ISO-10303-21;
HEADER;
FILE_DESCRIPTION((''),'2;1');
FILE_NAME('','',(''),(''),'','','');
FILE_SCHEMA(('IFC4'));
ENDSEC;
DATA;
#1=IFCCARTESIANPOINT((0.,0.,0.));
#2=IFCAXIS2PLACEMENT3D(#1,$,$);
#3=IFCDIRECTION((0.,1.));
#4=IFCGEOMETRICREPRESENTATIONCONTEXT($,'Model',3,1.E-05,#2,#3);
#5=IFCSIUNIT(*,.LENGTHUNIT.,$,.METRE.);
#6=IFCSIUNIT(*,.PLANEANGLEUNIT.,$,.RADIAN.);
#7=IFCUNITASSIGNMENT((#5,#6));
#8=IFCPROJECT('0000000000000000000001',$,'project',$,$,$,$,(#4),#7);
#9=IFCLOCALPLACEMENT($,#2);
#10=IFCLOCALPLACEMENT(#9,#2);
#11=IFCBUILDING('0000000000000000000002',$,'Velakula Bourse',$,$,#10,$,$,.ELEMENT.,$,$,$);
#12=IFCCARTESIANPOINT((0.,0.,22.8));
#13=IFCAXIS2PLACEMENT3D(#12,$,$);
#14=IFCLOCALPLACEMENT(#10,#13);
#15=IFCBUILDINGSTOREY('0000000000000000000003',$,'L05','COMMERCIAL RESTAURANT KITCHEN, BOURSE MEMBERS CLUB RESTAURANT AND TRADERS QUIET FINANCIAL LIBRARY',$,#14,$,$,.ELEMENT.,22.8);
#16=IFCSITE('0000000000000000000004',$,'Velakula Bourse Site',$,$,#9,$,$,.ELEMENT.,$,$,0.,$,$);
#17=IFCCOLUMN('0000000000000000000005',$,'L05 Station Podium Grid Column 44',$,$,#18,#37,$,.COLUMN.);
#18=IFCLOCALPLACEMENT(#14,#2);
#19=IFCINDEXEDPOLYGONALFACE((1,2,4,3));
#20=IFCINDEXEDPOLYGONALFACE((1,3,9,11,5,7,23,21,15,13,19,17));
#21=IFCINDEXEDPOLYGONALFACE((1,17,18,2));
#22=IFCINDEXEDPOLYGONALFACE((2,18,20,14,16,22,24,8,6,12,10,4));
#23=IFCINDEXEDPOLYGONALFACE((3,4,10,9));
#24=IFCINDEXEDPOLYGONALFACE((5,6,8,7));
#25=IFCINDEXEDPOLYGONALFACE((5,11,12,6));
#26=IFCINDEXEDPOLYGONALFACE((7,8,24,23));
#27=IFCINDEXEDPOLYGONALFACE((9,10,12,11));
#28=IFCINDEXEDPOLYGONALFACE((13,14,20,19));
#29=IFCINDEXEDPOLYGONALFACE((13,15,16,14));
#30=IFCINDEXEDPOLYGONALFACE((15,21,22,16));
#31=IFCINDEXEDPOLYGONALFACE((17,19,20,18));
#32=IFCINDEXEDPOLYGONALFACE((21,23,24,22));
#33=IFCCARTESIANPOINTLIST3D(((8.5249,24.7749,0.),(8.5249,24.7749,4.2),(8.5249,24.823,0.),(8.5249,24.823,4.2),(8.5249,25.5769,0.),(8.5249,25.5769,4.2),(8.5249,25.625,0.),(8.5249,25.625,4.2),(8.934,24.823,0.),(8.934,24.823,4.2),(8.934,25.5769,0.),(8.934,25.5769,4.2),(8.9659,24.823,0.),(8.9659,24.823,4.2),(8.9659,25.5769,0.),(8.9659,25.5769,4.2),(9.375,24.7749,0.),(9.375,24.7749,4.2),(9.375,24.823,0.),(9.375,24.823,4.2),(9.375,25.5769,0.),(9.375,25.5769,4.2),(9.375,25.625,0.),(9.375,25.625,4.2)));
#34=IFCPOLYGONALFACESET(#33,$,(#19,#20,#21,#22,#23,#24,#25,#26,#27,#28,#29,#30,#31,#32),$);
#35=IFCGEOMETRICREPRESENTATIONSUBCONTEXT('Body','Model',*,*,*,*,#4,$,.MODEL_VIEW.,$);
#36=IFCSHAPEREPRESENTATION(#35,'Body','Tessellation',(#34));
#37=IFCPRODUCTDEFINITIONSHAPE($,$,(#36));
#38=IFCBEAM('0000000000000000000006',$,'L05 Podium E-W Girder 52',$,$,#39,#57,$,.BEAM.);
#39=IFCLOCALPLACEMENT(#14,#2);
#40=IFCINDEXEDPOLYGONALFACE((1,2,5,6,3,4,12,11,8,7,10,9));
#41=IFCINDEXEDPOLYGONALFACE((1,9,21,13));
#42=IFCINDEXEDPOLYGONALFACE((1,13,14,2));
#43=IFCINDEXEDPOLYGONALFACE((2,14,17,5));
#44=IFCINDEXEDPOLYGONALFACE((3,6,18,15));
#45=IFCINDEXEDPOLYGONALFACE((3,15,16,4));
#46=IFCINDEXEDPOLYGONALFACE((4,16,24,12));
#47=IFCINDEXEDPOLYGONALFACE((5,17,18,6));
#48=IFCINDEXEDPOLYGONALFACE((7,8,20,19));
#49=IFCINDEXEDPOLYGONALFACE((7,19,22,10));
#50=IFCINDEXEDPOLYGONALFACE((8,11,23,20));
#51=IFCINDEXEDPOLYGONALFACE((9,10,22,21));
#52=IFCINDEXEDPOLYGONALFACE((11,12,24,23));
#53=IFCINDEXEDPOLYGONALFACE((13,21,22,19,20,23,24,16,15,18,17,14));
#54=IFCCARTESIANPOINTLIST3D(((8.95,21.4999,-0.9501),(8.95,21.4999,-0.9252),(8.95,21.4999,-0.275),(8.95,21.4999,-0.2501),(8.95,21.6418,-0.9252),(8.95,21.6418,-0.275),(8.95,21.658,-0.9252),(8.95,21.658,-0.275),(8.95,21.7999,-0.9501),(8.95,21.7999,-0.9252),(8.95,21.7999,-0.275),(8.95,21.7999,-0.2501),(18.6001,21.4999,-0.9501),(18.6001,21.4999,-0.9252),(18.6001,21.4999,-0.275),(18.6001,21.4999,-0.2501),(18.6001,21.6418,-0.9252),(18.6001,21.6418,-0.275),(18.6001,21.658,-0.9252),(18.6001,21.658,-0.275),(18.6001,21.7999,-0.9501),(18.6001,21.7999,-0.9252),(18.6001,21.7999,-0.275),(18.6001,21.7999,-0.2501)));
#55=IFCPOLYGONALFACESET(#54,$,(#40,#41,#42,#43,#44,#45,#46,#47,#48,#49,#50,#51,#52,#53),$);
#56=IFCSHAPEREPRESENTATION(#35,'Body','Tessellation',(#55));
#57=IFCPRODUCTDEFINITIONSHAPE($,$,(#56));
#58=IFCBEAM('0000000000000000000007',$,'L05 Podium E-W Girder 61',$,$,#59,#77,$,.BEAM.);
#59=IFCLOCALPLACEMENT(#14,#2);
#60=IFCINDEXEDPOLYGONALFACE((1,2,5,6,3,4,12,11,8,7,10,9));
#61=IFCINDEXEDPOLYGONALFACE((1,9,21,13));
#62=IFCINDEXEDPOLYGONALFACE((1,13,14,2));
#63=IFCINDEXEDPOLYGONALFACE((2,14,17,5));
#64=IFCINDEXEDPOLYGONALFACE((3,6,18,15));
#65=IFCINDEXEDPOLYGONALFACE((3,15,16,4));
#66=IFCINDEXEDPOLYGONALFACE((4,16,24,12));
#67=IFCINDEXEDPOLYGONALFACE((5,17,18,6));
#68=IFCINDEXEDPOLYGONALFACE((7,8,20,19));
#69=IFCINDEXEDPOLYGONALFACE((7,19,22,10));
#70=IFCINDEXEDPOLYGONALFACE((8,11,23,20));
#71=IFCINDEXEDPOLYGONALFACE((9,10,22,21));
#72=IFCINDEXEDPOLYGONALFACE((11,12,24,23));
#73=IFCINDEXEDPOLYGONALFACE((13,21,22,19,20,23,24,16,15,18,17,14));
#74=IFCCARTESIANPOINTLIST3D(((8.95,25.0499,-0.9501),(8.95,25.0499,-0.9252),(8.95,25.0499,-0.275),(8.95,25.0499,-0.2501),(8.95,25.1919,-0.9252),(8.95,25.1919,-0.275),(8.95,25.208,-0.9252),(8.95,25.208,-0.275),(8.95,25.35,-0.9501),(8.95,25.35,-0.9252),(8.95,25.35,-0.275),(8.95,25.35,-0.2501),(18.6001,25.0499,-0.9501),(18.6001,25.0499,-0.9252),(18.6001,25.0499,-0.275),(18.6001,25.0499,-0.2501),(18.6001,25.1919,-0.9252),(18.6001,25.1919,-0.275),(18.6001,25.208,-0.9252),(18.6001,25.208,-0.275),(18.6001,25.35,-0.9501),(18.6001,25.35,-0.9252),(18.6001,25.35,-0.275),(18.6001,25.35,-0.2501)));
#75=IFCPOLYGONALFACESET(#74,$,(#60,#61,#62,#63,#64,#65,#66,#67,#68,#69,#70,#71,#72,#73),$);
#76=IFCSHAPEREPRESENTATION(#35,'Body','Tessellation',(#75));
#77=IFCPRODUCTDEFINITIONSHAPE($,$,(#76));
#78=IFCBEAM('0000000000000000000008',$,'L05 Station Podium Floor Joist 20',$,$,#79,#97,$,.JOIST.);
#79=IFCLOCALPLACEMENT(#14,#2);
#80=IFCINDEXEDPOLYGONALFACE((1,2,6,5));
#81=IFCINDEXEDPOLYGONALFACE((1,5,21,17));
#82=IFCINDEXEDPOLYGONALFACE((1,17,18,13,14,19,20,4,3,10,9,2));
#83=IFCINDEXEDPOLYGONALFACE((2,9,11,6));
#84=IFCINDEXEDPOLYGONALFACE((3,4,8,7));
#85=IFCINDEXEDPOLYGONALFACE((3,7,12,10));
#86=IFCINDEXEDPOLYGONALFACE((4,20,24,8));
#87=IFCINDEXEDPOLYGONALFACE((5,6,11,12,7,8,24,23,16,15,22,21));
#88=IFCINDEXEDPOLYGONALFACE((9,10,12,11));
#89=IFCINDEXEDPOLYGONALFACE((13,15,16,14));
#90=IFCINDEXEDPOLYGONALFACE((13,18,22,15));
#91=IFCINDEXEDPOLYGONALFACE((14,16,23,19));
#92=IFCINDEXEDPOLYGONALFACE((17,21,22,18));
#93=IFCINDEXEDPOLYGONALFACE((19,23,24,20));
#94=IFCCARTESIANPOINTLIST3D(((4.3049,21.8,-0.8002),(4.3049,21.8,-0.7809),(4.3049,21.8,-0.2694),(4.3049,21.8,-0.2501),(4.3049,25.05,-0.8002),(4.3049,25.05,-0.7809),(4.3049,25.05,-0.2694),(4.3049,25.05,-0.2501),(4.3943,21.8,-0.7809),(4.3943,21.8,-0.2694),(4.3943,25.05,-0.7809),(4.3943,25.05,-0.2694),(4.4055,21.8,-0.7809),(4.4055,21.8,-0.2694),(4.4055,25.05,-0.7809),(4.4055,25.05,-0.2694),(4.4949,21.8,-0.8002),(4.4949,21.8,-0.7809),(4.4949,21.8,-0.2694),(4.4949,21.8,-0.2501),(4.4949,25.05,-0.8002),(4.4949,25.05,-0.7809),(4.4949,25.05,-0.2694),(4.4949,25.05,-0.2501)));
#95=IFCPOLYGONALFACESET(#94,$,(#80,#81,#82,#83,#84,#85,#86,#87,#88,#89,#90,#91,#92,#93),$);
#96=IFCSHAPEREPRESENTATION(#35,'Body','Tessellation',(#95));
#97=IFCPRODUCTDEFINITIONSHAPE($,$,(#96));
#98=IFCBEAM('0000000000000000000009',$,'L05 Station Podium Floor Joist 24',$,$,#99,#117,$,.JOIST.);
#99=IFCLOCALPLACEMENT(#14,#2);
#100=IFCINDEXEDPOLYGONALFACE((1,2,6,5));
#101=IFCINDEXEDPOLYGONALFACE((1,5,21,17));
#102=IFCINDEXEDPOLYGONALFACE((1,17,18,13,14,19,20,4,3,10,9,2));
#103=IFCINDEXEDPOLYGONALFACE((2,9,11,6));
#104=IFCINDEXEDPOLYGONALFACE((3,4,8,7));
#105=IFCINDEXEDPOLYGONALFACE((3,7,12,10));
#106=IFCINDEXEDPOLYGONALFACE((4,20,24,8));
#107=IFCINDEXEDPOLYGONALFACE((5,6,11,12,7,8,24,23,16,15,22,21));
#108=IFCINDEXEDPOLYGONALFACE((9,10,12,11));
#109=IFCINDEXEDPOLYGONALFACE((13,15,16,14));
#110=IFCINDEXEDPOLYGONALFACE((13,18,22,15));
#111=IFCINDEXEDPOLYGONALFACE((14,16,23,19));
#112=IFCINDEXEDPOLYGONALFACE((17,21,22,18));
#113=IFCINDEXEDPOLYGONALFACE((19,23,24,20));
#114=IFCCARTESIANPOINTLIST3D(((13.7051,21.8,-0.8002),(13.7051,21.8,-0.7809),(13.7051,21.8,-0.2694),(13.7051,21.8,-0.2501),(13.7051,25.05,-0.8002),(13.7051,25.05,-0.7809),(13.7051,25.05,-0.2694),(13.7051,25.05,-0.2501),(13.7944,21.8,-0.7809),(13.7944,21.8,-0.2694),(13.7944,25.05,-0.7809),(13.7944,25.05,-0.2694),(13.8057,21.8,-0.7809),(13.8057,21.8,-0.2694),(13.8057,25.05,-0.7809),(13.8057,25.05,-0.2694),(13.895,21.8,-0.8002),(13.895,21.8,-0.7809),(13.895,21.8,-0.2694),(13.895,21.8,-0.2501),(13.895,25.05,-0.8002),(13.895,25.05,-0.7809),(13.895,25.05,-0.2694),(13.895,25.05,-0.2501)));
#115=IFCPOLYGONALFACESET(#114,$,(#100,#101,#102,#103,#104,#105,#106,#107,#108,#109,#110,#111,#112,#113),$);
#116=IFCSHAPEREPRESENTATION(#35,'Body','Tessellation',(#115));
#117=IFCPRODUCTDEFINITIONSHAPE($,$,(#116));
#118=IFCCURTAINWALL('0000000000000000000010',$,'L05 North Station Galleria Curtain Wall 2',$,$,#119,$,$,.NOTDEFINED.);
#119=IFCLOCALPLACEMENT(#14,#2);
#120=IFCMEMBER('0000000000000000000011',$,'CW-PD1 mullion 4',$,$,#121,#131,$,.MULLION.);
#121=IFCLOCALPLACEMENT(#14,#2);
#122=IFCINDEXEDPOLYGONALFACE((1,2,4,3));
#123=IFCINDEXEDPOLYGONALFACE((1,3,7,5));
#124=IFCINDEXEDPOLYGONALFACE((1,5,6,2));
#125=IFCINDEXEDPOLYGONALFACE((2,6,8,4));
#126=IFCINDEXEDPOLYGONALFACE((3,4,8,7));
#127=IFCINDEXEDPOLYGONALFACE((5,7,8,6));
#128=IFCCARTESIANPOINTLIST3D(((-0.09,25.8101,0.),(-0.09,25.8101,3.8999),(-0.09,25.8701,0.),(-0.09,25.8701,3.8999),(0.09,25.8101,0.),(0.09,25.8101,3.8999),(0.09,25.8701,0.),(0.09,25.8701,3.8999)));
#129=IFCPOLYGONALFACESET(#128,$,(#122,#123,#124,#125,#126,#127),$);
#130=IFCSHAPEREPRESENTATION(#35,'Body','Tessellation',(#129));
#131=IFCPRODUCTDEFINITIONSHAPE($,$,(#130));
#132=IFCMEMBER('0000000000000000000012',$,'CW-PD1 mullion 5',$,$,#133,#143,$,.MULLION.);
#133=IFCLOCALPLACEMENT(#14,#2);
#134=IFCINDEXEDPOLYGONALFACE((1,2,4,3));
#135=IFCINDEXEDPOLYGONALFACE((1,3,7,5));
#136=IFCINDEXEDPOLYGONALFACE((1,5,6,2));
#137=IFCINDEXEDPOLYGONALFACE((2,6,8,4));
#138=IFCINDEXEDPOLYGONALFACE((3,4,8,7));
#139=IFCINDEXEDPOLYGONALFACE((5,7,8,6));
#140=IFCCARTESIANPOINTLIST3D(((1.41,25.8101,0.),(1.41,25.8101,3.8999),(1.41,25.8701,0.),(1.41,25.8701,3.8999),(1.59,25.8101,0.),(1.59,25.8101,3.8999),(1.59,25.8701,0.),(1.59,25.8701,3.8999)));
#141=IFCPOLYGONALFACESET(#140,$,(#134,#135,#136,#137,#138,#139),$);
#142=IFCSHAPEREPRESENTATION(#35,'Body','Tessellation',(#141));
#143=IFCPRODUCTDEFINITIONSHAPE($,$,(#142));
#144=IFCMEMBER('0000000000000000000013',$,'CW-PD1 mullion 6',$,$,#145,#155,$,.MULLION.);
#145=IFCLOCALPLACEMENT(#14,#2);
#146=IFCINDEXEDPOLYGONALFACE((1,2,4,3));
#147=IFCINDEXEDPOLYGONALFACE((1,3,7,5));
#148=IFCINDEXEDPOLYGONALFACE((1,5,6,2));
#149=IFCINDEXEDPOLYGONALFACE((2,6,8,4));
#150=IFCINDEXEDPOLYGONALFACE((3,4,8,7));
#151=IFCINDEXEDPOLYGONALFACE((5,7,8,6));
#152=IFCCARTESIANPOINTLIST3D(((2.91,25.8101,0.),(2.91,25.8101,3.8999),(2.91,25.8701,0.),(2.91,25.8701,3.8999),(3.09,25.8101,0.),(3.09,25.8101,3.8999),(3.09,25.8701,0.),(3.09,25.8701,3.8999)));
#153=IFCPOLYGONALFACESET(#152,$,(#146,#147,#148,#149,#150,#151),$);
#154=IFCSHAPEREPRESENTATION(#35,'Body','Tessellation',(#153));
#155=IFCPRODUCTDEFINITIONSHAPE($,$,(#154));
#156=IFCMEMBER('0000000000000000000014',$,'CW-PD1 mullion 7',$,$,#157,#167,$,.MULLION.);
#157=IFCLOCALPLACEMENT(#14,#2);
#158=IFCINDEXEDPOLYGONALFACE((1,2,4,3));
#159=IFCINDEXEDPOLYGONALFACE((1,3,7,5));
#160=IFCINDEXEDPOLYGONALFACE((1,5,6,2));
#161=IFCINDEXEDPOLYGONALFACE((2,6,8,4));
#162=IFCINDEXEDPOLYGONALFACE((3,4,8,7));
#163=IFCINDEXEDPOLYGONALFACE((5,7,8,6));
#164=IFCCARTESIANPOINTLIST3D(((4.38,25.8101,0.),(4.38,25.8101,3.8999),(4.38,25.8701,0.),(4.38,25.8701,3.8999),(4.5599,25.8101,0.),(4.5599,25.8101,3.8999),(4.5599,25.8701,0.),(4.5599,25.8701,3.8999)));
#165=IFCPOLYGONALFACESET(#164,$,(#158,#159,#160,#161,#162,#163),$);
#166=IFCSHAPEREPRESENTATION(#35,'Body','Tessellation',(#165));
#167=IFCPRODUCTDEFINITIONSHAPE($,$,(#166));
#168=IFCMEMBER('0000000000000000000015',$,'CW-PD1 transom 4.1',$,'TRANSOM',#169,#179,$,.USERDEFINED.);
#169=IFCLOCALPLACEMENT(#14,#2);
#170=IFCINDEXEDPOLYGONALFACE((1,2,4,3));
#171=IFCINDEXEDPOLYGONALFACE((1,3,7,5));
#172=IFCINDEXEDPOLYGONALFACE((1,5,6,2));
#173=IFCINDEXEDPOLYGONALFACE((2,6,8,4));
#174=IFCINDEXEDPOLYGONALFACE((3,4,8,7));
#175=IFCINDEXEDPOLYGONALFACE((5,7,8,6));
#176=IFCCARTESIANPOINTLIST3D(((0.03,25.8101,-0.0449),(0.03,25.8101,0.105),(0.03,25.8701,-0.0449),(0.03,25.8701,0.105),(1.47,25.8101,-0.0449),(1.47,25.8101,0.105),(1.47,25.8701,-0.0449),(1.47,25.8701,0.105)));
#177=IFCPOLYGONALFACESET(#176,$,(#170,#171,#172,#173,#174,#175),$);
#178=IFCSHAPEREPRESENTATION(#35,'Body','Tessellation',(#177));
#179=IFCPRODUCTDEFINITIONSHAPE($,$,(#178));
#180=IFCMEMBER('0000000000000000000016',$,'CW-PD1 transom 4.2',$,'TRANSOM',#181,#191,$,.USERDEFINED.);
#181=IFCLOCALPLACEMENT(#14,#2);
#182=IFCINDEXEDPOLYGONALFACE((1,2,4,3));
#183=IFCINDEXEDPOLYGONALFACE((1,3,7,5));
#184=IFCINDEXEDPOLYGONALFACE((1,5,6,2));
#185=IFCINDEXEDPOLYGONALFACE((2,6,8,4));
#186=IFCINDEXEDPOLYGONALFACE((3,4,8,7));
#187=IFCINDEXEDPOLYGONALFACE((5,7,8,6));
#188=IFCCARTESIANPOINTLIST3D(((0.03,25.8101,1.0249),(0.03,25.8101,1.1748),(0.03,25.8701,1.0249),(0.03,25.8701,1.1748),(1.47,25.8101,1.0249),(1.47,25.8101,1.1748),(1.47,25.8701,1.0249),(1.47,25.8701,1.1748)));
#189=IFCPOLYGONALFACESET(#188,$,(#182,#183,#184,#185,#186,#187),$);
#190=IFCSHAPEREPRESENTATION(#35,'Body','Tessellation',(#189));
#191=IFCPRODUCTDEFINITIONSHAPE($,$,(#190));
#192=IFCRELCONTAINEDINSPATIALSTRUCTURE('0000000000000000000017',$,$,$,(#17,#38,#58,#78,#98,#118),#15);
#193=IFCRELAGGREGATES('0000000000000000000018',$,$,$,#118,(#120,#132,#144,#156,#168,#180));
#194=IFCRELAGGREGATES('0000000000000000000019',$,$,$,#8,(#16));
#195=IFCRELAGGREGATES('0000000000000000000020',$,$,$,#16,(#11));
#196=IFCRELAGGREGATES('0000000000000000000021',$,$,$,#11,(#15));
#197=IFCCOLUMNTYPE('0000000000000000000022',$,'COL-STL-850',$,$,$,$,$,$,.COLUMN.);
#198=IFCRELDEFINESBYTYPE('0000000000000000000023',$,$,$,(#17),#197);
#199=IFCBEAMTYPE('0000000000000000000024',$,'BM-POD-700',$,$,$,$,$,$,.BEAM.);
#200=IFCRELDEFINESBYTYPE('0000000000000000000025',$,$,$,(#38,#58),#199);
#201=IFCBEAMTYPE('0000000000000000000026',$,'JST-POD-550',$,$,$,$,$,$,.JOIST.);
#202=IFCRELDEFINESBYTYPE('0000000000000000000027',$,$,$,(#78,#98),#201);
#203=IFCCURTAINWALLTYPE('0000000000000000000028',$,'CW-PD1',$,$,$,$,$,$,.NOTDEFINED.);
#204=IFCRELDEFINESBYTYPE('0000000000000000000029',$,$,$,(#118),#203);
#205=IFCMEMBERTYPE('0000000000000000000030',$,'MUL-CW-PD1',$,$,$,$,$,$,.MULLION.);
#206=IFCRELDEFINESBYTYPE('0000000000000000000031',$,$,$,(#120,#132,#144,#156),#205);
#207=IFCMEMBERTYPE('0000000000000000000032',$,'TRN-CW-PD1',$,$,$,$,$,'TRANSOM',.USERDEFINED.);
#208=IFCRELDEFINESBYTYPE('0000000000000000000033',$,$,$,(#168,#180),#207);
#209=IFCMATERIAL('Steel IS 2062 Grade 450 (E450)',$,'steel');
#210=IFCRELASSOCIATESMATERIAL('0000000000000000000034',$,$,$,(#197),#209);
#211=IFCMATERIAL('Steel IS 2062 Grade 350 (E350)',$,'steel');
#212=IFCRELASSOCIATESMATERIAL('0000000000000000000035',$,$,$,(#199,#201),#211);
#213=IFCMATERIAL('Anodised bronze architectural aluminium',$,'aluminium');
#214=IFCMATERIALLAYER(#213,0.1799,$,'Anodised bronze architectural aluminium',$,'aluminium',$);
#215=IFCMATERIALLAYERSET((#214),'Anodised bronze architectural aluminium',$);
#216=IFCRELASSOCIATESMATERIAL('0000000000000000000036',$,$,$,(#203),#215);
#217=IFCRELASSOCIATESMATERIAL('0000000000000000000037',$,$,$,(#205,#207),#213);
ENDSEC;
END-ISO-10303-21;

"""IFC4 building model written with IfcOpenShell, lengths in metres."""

from ifc_helpers import new_model, si_unit, direction, frame, origin, origin_2d, place, context, subcontext, project, spatial, rectangle, i_section, extrude, material, layer, layer_set, material_profile, profile_set, type_object, element, aggregate, save


model = new_model("IFC4")

# Units and contexts
model_context = context("Model", 3, precision=1e-05, world=origin(), true_north=direction((0.0, 1.0)))
body_context = subcontext(model_context, "Body", "Model", "MODEL_VIEW")
ifc_project = project(units=[si_unit("LENGTHUNIT", "METRE"), si_unit("PLANEANGLEUNIT", "RADIAN")], contexts=[model_context])

# Site, building, storey
site_placement = place(None, origin())
site = spatial("IfcSite", under=ifc_project, at=site_placement, Name="Velakula Bourse Site", CompositionType="ELEMENT", RefElevation=0.0)
building_placement = place(site_placement, origin())
building = spatial("IfcBuilding", under=site, at=building_placement, Name="Velakula Bourse", CompositionType="ELEMENT")
storey_placement = place(building_placement, frame((0.0, 0.0, 22.8)))
storey = spatial("IfcBuildingStorey", under=building, at=storey_placement, Name="L05", Description="COMMERCIAL RESTAURANT KITCHEN, BOURSE MEMBERS CLUB RESTAURANT AND TRADERS QUIET FINANCIAL LIBRARY", CompositionType="ELEMENT", Elevation=22.8)

# Column
ifc_material_1 = material(Name="Steel IS 2062 Grade 450 (E450)", Category="steel")
ifc_material_profile_1 = material_profile(ifc_material_1, i_section(OverallWidth=0.8501, OverallDepth=0.8501, WebThickness=0.032, FlangeThickness=0.0481, at=origin_2d()), Name="Steel IS 2062 Grade 450 (E450)")
ifc_profile_set_1 = profile_set([ifc_material_profile_1], Name="Steel IS 2062 Grade 450 (E450)")
column_type = type_object("IfcColumnType", Name="COL-STL-850", PredefinedType="COLUMN", material=ifc_profile_set_1)
column_placement = place(storey_placement, frame((8.95, 25.2, 0.0), z_axis=(0.0, 0.0, 1.0), x_axis=(1.0, 0.0, 0.0)))
element("IfcColumn", 1, at=column_placement, inside=storey, type_object=column_type, Name="L05 Station Podium Grid Column 44", PredefinedType="COLUMN", context=body_context, shape_type="SweptSolid", body=[
    extrude(i_section(OverallWidth=0.8501, OverallDepth=0.8501, WebThickness=0.032, FlangeThickness=0.0481, at=origin_2d()), origin(), (0.0, 0.0, 1.0), 4.2),
])

# Beams
ifc_material_2 = material(Name="Steel IS 2062 Grade 350 (E350)", Category="steel")
ifc_material_profile_2 = material_profile(ifc_material_2, i_section(OverallWidth=0.3, OverallDepth=0.7, WebThickness=0.0161, FlangeThickness=0.0249, at=origin_2d()), Name="Steel IS 2062 Grade 350 (E350)")
ifc_profile_set_2 = profile_set([ifc_material_profile_2], Name="Steel IS 2062 Grade 350 (E350)")
beam_type_1 = type_object("IfcBeamType", Name="BM-POD-700", PredefinedType="BEAM", material=ifc_profile_set_2)
for number, where, z_axis, x_axis, name in (
    (2, (8.95, 21.6499, -0.6001), (1.0, 0.0, 0.0), (0.0, 1.0, 0.0), "L05 Podium E-W Girder 52"),
    (3, (8.95, 25.2, -0.6001), (1.0, 0.0, 0.0), (0.0, 1.0, 0.0), "L05 Podium E-W Girder 61"),
):
    element("IfcBeam", number, at=place(storey_placement, frame(where, z_axis=z_axis, x_axis=x_axis)), inside=storey, type_object=beam_type_1, Name=name, PredefinedType="BEAM", context=body_context, shape_type="SweptSolid", body=[
        extrude(i_section(OverallWidth=0.3, OverallDepth=0.7, WebThickness=0.0161, FlangeThickness=0.0249, at=origin_2d()), origin(), (0.0, 0.0, 1.0), 9.6501),
    ])
ifc_material_profile_3 = material_profile(ifc_material_2, i_section(OverallWidth=0.1899, OverallDepth=0.55, WebThickness=0.0112, FlangeThickness=0.0193, at=origin_2d()), Name="Steel IS 2062 Grade 350 (E350)")
ifc_profile_set_3 = profile_set([ifc_material_profile_3], Name="Steel IS 2062 Grade 350 (E350)")
beam_type_2 = type_object("IfcBeamType", Name="JST-POD-550", PredefinedType="JOIST", material=ifc_profile_set_3)
for number, where, z_axis, x_axis, name in (
    (4, (4.3999, 21.8, -0.5251), (0.0, 1.0, 0.0), (-1.0, 0.0, 0.0), "L05 Station Podium Floor Joist 20"),
    (5, (13.8, 21.8, -0.5251), (0.0, 1.0, 0.0), (-1.0, 0.0, 0.0), "L05 Station Podium Floor Joist 24"),
):
    element("IfcBeam", number, at=place(storey_placement, frame(where, z_axis=z_axis, x_axis=x_axis)), inside=storey, type_object=beam_type_2, Name=name, PredefinedType="JOIST", context=body_context, shape_type="SweptSolid", body=[
        extrude(i_section(OverallWidth=0.1899, OverallDepth=0.55, WebThickness=0.0112, FlangeThickness=0.0193, at=origin_2d()), origin(), (0.0, 0.0, 1.0), 3.25),
    ])

# Curtain wall, members
ifc_material_3 = material(Name="Anodised bronze architectural aluminium", Category="aluminium")
ifc_layer_1 = layer(ifc_material_3, 0.1799, Name="Anodised bronze architectural aluminium", Category="aluminium")
ifc_layer_set_1 = layer_set([ifc_layer_1], Name="Anodised bronze architectural aluminium")
curtain_wall_type = type_object("IfcCurtainWallType", Name="CW-PD1", PredefinedType="NOTDEFINED", material=ifc_layer_set_1)
curtain_wall_placement = place(storey_placement, origin())
curtain_wall = element("IfcCurtainWall", 6, at=curtain_wall_placement, inside=storey, type_object=curtain_wall_type, Name="L05 North Station Galleria Curtain Wall 2", PredefinedType="NOTDEFINED")
ifc_material_profile_4 = material_profile(ifc_material_3, rectangle(XDim=0.0601, YDim=0.1799, at=origin_2d()), Name="Anodised bronze architectural aluminium")
ifc_profile_set_4 = profile_set([ifc_material_profile_4], Name="Anodised bronze architectural aluminium")
member_type_1 = type_object("IfcMemberType", Name="MUL-CW-PD1", PredefinedType="MULLION", material=ifc_profile_set_4)
member_1_placement = place(storey_placement, frame((0.0, 25.8401, 0.0), z_axis=(0.0, 0.0, 1.0), x_axis=(0.0, 1.0, 0.0)))
member_1 = element("IfcMember", 7, at=member_1_placement, type_object=member_type_1, Name="CW-PD1 mullion 4", PredefinedType="MULLION", context=body_context, shape_type="SweptSolid", body=[
    extrude(rectangle(XDim=0.0601, YDim=0.1799, at=origin_2d()), origin(), (0.0, 0.0, 1.0), 3.8999),
])
member_2_placement = place(storey_placement, frame((1.5, 25.8401, 0.0), z_axis=(0.0, 0.0, 1.0), x_axis=(0.0, 1.0, 0.0)))
member_2 = element("IfcMember", 8, at=member_2_placement, type_object=member_type_1, Name="CW-PD1 mullion 5", PredefinedType="MULLION", context=body_context, shape_type="SweptSolid", body=[
    extrude(rectangle(XDim=0.0601, YDim=0.1799, at=origin_2d()), origin(), (0.0, 0.0, 1.0), 3.8999),
])
member_3_placement = place(storey_placement, frame((3.0, 25.8401, 0.0), z_axis=(0.0, 0.0, 1.0), x_axis=(0.0, 1.0, 0.0)))
member_3 = element("IfcMember", 9, at=member_3_placement, type_object=member_type_1, Name="CW-PD1 mullion 6", PredefinedType="MULLION", context=body_context, shape_type="SweptSolid", body=[
    extrude(rectangle(XDim=0.0601, YDim=0.1799, at=origin_2d()), origin(), (0.0, 0.0, 1.0), 3.8999),
])
member_4_placement = place(storey_placement, frame((4.47, 25.8401, 0.0), z_axis=(0.0, 0.0, 1.0), x_axis=(0.0, 1.0, 0.0)))
member_4 = element("IfcMember", 10, at=member_4_placement, type_object=member_type_1, Name="CW-PD1 mullion 7", PredefinedType="MULLION", context=body_context, shape_type="SweptSolid", body=[
    extrude(rectangle(XDim=0.0601, YDim=0.1799, at=origin_2d()), origin(), (0.0, 0.0, 1.0), 3.8999),
])
ifc_material_profile_5 = material_profile(ifc_material_3, rectangle(XDim=0.0601, YDim=0.1499, at=origin_2d()), Name="Anodised bronze architectural aluminium")
ifc_profile_set_5 = profile_set([ifc_material_profile_5], Name="Anodised bronze architectural aluminium")
member_type_2 = type_object("IfcMemberType", Name="TRN-CW-PD1", ElementType="TRANSOM", PredefinedType="USERDEFINED", material=ifc_profile_set_5)
member_5_placement = place(storey_placement, frame((0.03, 25.8401, 0.03), z_axis=(1.0, 0.0, 0.0), x_axis=(0.0, 1.0, 0.0)))
member_5 = element("IfcMember", 11, at=member_5_placement, type_object=member_type_2, Name="CW-PD1 transom 4.1", ObjectType="TRANSOM", PredefinedType="USERDEFINED", context=body_context, shape_type="SweptSolid", body=[
    extrude(rectangle(XDim=0.0601, YDim=0.1499, at=origin_2d()), origin(), (0.0, 0.0, 1.0), 1.4399),
])
member_6_placement = place(storey_placement, frame((0.03, 25.8401, 1.0999), z_axis=(1.0, 0.0, 0.0), x_axis=(0.0, 1.0, 0.0)))
member_6 = element("IfcMember", 12, at=member_6_placement, type_object=member_type_2, Name="CW-PD1 transom 4.2", ObjectType="TRANSOM", PredefinedType="USERDEFINED", context=body_context, shape_type="SweptSolid", body=[
    extrude(rectangle(XDim=0.0601, YDim=0.1499, at=origin_2d()), origin(), (0.0, 0.0, 1.0), 1.4399),
])
aggregate(curtain_wall, [member_1, member_2, member_3, member_4, member_5, member_6])

save(model, "model.ifc")
